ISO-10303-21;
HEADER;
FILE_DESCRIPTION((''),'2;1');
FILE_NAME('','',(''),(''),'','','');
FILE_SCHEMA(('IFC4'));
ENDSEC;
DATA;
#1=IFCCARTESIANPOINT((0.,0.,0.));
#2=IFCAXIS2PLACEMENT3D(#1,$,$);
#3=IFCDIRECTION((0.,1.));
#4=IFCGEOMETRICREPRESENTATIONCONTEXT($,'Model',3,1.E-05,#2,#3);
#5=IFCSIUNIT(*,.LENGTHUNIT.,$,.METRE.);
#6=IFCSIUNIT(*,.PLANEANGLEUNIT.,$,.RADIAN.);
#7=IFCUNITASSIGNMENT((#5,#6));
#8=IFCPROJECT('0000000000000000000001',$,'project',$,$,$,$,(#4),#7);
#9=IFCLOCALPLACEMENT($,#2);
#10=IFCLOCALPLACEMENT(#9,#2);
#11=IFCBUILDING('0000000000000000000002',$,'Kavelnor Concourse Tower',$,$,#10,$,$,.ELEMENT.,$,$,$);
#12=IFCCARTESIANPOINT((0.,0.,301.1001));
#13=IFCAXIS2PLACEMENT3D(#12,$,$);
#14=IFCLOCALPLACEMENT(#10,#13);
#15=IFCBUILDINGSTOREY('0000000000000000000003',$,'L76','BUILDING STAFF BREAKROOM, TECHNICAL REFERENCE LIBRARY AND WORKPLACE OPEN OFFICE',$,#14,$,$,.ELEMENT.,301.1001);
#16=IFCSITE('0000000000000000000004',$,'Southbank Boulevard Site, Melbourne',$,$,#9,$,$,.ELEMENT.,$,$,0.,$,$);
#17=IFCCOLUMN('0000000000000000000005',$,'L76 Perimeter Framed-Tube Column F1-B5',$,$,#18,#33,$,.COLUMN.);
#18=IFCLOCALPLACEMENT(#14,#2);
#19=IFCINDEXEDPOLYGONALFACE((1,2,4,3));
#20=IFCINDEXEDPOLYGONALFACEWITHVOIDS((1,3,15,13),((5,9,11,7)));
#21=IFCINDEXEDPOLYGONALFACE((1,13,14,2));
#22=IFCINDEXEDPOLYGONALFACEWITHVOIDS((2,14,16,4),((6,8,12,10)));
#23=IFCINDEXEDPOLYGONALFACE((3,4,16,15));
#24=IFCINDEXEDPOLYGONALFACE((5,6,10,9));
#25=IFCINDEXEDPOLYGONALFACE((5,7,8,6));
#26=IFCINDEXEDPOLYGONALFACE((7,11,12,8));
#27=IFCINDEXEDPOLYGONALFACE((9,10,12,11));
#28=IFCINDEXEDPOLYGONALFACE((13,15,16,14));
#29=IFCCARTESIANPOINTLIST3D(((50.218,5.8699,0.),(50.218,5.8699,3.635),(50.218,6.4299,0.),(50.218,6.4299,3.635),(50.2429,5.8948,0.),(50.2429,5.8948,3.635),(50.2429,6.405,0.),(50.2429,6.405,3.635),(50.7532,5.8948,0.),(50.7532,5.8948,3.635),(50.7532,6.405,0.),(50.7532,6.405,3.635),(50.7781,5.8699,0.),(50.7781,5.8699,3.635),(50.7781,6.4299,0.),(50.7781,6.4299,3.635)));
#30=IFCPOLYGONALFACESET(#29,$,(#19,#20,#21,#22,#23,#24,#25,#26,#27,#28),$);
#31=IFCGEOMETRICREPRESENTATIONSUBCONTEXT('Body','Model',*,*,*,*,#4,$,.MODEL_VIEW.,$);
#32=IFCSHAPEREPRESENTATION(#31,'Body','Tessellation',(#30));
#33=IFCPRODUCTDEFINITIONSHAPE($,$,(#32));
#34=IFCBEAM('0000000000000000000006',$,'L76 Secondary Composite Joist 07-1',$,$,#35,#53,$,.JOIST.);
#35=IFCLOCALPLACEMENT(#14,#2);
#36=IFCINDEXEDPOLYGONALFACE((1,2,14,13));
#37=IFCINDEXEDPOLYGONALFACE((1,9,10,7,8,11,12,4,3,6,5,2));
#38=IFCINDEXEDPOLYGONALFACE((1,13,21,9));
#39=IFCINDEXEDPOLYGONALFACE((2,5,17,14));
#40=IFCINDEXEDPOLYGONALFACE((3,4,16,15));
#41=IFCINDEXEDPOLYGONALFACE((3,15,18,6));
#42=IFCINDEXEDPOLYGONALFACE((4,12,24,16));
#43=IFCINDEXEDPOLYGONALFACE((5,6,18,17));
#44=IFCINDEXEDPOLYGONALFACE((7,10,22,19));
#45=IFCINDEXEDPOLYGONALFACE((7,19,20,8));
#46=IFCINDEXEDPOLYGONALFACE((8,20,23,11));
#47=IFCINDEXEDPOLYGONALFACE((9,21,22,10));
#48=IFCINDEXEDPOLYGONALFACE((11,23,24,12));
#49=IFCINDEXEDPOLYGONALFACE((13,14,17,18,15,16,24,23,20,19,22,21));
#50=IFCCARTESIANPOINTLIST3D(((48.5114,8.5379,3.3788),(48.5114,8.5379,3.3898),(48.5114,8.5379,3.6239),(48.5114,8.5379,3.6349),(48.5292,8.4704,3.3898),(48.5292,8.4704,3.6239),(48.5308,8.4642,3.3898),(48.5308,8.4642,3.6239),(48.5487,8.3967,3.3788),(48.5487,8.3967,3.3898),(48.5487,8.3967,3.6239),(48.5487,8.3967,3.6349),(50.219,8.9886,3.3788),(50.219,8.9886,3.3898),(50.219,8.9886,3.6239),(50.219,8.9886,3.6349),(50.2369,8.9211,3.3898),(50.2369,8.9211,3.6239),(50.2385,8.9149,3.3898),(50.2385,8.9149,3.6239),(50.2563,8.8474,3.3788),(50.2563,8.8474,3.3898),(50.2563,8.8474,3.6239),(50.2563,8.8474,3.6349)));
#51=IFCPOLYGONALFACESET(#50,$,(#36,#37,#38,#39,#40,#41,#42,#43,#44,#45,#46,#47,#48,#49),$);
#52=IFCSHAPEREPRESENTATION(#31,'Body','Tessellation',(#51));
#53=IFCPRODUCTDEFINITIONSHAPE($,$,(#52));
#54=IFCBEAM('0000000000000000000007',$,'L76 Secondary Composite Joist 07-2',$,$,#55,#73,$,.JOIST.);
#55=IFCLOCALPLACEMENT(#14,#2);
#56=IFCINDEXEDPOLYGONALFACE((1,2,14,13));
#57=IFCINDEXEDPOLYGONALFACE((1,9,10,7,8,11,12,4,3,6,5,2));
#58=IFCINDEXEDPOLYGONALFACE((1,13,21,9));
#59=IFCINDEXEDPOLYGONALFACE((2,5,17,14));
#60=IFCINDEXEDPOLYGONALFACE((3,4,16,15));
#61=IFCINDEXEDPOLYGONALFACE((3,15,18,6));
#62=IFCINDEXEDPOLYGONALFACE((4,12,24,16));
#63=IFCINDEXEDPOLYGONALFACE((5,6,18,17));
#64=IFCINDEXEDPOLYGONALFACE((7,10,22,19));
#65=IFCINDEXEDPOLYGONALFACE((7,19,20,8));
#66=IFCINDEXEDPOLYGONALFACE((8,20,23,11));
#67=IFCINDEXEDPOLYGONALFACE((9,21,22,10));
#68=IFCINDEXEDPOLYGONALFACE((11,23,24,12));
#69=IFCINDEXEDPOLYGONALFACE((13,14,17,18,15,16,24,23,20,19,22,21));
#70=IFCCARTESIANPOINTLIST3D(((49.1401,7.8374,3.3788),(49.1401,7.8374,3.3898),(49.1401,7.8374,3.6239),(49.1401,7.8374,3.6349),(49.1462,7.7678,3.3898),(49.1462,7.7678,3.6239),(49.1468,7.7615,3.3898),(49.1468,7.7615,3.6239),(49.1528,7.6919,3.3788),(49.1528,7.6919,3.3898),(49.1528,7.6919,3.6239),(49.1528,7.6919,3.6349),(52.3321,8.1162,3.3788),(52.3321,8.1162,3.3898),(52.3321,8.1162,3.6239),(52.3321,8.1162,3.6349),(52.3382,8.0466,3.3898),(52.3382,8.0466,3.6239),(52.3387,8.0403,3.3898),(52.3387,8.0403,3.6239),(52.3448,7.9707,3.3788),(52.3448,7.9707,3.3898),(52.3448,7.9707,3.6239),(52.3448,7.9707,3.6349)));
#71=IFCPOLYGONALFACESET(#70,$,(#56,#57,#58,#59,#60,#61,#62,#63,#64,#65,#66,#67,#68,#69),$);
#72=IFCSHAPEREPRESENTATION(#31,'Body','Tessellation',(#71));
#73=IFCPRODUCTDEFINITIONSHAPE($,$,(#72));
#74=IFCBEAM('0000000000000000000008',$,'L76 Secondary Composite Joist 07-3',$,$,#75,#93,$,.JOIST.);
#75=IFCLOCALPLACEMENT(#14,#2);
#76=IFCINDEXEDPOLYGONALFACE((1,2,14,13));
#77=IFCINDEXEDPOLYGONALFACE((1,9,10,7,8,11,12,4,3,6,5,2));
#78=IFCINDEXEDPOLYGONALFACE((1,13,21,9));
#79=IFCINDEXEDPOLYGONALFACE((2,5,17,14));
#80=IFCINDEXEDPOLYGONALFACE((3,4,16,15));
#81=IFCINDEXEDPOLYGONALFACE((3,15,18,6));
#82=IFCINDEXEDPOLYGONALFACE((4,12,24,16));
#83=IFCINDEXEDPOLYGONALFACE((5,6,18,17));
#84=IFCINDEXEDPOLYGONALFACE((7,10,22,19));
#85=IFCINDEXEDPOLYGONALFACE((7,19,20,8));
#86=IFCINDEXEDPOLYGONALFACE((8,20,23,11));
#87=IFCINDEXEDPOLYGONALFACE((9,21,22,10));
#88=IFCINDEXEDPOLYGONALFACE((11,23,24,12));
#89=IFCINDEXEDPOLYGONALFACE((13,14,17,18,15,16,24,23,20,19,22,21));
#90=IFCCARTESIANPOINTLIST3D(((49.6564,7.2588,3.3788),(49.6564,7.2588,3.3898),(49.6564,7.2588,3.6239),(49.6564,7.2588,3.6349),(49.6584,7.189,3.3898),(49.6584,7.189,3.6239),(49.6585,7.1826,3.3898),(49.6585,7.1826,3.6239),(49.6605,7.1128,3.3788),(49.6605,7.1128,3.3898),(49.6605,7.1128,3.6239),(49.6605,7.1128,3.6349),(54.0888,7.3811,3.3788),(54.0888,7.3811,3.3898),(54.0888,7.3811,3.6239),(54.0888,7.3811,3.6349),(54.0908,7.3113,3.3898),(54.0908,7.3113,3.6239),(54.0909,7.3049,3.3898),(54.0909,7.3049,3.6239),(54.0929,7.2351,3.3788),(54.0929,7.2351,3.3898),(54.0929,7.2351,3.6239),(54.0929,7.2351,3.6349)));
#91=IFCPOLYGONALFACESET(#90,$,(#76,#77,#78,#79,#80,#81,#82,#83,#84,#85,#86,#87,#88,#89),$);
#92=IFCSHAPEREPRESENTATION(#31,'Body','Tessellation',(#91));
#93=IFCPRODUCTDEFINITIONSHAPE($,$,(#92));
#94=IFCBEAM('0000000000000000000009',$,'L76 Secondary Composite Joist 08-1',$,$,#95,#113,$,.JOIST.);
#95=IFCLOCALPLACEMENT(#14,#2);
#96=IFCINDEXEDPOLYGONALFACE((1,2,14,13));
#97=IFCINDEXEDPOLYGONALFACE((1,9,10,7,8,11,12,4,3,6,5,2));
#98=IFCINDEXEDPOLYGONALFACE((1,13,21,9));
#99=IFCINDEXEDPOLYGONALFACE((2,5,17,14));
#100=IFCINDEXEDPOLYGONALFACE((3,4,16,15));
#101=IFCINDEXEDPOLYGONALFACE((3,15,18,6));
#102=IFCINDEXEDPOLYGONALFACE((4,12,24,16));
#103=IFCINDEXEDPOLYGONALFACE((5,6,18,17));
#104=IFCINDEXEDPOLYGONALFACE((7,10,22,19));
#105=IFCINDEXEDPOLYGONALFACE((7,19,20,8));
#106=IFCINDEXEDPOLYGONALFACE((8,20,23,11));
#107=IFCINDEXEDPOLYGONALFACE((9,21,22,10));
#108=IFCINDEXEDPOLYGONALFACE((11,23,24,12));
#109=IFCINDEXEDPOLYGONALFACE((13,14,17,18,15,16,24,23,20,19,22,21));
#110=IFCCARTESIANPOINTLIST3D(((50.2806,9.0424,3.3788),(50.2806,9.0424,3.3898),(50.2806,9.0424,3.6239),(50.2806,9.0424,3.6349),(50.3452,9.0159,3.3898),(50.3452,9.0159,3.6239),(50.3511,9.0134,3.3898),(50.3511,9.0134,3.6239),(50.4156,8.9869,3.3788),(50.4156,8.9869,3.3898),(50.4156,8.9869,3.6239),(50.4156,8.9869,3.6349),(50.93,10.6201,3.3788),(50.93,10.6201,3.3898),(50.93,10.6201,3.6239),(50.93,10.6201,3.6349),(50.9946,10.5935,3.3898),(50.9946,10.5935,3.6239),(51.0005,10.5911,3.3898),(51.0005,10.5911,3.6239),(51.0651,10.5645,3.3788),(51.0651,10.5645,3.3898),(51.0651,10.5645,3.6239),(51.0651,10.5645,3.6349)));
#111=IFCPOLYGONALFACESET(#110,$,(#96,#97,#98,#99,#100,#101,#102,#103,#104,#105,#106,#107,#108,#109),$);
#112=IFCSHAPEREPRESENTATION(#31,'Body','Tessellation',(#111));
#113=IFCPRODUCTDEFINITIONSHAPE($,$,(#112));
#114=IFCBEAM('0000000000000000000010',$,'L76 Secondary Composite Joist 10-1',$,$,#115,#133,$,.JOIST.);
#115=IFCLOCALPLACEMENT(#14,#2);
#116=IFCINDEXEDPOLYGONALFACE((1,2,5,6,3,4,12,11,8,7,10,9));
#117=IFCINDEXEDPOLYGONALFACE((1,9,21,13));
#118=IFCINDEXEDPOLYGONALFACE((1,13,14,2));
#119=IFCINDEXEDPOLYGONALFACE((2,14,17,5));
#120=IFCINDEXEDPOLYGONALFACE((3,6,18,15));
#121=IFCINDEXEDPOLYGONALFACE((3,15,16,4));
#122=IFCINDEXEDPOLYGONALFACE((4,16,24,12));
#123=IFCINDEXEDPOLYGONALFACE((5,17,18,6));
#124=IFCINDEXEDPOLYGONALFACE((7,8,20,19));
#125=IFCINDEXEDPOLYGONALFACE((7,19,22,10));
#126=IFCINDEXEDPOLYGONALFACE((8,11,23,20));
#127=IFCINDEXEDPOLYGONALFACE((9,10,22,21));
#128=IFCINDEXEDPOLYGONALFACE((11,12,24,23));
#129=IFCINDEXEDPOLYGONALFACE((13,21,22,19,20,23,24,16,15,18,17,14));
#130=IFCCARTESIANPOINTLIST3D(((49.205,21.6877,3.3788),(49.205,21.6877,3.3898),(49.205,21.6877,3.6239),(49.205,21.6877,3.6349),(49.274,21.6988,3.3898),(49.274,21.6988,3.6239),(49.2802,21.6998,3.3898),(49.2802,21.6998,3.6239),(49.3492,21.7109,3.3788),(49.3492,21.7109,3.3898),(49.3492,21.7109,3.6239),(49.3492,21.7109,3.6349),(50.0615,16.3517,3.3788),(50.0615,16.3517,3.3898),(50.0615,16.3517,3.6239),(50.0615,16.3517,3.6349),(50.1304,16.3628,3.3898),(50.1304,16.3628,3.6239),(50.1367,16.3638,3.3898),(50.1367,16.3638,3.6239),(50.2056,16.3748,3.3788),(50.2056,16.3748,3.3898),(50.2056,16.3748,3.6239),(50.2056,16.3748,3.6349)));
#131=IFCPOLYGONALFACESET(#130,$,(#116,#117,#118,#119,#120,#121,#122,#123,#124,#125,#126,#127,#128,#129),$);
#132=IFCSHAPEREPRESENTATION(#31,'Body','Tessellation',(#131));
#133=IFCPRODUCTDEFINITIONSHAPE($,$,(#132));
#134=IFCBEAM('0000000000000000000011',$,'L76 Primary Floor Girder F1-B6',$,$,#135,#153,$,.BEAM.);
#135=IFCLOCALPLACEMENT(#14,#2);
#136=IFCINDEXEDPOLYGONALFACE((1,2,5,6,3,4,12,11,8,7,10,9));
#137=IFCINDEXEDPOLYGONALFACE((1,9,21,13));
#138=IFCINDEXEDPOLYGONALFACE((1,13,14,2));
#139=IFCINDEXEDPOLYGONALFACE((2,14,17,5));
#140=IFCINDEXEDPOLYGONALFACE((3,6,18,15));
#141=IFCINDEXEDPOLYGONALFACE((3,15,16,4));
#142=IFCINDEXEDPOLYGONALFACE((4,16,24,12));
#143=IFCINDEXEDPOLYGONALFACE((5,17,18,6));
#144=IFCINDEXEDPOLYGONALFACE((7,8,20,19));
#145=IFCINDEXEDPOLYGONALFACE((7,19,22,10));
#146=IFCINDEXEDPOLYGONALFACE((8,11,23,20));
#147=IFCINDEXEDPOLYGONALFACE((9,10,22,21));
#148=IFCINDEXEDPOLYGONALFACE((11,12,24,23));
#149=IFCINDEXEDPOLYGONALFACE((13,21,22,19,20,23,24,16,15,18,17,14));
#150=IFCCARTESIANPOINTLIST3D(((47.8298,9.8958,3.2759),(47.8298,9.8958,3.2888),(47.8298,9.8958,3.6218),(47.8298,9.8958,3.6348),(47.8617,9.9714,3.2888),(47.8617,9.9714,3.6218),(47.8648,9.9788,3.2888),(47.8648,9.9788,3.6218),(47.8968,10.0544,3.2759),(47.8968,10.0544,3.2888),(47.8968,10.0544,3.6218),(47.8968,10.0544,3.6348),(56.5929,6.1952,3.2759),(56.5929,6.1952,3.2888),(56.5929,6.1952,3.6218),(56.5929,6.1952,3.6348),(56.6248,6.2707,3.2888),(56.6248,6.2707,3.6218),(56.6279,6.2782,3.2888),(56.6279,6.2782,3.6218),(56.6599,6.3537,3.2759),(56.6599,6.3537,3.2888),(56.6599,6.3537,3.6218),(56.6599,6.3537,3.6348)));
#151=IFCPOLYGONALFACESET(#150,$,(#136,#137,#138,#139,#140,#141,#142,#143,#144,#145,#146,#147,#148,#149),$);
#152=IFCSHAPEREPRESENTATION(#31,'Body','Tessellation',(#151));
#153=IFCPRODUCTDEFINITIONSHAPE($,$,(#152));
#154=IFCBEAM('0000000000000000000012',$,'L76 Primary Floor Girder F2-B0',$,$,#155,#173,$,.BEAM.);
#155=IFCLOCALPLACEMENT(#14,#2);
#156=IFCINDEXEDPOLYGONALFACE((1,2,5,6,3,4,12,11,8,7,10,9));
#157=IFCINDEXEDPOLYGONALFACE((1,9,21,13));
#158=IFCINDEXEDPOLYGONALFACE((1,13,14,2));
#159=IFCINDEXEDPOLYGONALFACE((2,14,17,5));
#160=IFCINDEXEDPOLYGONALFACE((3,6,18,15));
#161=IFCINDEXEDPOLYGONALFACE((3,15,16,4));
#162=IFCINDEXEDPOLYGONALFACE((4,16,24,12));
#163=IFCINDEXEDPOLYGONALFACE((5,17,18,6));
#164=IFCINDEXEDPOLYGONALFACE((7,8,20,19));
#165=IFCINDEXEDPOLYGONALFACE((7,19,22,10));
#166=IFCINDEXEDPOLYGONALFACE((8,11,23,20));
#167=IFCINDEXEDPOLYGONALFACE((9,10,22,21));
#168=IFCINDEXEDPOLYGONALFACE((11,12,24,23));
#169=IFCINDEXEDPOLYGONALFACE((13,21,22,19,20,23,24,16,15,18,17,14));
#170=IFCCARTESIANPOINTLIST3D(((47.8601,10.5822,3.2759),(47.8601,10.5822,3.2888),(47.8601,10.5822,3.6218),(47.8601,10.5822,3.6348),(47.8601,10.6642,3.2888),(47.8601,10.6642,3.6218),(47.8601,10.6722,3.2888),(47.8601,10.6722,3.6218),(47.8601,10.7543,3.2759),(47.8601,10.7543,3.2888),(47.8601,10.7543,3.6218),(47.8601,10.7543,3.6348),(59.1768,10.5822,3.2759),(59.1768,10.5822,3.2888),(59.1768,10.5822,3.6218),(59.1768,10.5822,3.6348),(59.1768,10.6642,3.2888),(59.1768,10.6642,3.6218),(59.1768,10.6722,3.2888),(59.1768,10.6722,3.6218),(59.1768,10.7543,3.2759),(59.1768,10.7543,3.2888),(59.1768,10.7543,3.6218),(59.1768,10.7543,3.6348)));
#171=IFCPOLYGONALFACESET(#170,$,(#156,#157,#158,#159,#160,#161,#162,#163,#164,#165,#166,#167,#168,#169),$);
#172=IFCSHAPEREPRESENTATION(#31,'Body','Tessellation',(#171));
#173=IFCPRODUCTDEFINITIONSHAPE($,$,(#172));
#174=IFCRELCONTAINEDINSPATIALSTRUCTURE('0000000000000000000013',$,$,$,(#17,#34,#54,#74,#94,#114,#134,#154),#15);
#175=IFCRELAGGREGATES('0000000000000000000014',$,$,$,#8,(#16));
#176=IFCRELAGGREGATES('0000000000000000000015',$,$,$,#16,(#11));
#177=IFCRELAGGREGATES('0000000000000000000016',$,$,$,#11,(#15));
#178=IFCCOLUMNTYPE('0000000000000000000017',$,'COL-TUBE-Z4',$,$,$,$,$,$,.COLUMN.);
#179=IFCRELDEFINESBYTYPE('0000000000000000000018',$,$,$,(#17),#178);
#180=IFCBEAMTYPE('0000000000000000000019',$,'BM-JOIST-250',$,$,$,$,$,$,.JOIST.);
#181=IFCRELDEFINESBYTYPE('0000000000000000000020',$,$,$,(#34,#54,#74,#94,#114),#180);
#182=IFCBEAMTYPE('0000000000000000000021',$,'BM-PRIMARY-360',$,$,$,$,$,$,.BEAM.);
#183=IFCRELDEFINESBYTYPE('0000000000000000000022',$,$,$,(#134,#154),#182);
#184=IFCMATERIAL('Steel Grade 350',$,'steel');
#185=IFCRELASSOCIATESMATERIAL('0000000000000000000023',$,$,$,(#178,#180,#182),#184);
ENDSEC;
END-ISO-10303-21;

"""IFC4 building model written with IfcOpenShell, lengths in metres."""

from ifc_helpers import new_model, si_unit, direction, frame, origin, origin_2d, place, context, subcontext, project, spatial, hollow_rectangle, i_section, extrude, material, material_profile, profile_set, type_object, element, save


model = new_model("IFC4")

# Units and contexts
model_context = context("Model", 3, precision=1e-05, world=origin(), true_north=direction((0.0, 1.0)))
body_context = subcontext(model_context, "Body", "Model", "MODEL_VIEW")
ifc_project = project(units=[si_unit("LENGTHUNIT", "METRE"), si_unit("PLANEANGLEUNIT", "RADIAN")], contexts=[model_context])

# Site, building, storey
site_placement = place(None, origin())
site = spatial("IfcSite", under=ifc_project, at=site_placement, Name="Southbank Boulevard Site, Melbourne", CompositionType="ELEMENT", RefElevation=0.0)
building_placement = place(site_placement, origin())
building = spatial("IfcBuilding", under=site, at=building_placement, Name="Kavelnor Concourse Tower", CompositionType="ELEMENT")
storey_placement = place(building_placement, frame((0.0, 0.0, 301.1001)))
storey = spatial("IfcBuildingStorey", under=building, at=storey_placement, Name="L76", Description="BUILDING STAFF BREAKROOM, TECHNICAL REFERENCE LIBRARY AND WORKPLACE OPEN OFFICE", CompositionType="ELEMENT", Elevation=301.1001)

# Column
ifc_material_1 = material(Name="Steel Grade 350", Category="steel")
ifc_material_profile_1 = material_profile(ifc_material_1, hollow_rectangle(XDim=0.5601, YDim=0.5601, WallThickness=0.0249, at=origin_2d()), Name="SHS 560x560x25")
ifc_profile_set_1 = profile_set([ifc_material_profile_1], Name="Steel Grade 350")
column_type = type_object("IfcColumnType", Name="COL-TUBE-Z4", PredefinedType="COLUMN", material=ifc_profile_set_1)
column_placement = place(storey_placement, frame((50.498, 6.1499, 0.0), z_axis=(0.0, 0.0, 1.0), x_axis=(1.0, 0.0, 0.0)))
element("IfcColumn", 1, at=column_placement, inside=storey, type_object=column_type, Name="L76 Perimeter Framed-Tube Column F1-B5", PredefinedType="COLUMN", context=body_context, shape_type="SweptSolid", body=[
    extrude(hollow_rectangle(XDim=0.5601, YDim=0.5601, WallThickness=0.0249, at=origin_2d()), origin(), (0.0, 0.0, 1.0), 3.635),
])

# Beams
ifc_material_profile_2 = material_profile(ifc_material_1, i_section(OverallWidth=0.146, OverallDepth=0.2561, WebThickness=0.0063, FlangeThickness=0.011, at=origin_2d()), Name="250UB37")
ifc_profile_set_2 = profile_set([ifc_material_profile_2], Name="Steel Grade 350")
beam_type_1 = type_object("IfcBeamType", Name="BM-JOIST-250", PredefinedType="JOIST", material=ifc_profile_set_2)
beam_1_placement = place(storey_placement, frame((48.53, 8.4673, 3.5068), z_axis=(0.966888, 0.255201, 0.0), x_axis=(-0.255201, 0.966888, 0.0)))
element("IfcBeam", 2, at=beam_1_placement, inside=storey, type_object=beam_type_1, Name="L76 Secondary Composite Joist 07-1", PredefinedType="JOIST", context=body_context, shape_type="SweptSolid", body=[
    extrude(i_section(OverallWidth=0.146, OverallDepth=0.2561, WebThickness=0.0063, FlangeThickness=0.011, at=origin_2d()), origin(), (0.0, 0.0, 1.0), 1.7661),
])
beam_2_placement = place(storey_placement, frame((49.1465, 7.7646, 3.5068), z_axis=(0.996207, 0.087018, 0.0), x_axis=(-0.087018, 0.996207, 0.0)))
element("IfcBeam", 3, at=beam_2_placement, inside=storey, type_object=beam_type_1, Name="L76 Secondary Composite Joist 07-2", PredefinedType="JOIST", context=body_context, shape_type="SweptSolid", body=[
    extrude(i_section(OverallWidth=0.146, OverallDepth=0.2561, WebThickness=0.0063, FlangeThickness=0.011, at=origin_2d()), origin(), (0.0, 0.0, 1.0), 3.2041),
])
beam_3_placement = place(storey_placement, frame((49.6584, 7.1858, 3.5068), z_axis=(0.999619, 0.027585, 0.0), x_axis=(-0.027585, 0.999619, 0.0)))
element("IfcBeam", 4, at=beam_3_placement, inside=storey, type_object=beam_type_1, Name="L76 Secondary Composite Joist 07-3", PredefinedType="JOIST", context=body_context, shape_type="SweptSolid", body=[
    extrude(i_section(OverallWidth=0.146, OverallDepth=0.2561, WebThickness=0.0063, FlangeThickness=0.011, at=origin_2d()), origin(), (0.0, 0.0, 1.0), 4.4341),
])
beam_4_placement = place(storey_placement, frame((50.3481, 9.0146, 3.5068), z_axis=(0.380649, 0.92472, 0.0), x_axis=(-0.92472, 0.380649, 0.0)))
element("IfcBeam", 5, at=beam_4_placement, inside=storey, type_object=beam_type_1, Name="L76 Secondary Composite Joist 08-1", PredefinedType="JOIST", context=body_context, shape_type="SweptSolid", body=[
    extrude(i_section(OverallWidth=0.146, OverallDepth=0.2561, WebThickness=0.0063, FlangeThickness=0.011, at=origin_2d()), origin(), (0.0, 0.0, 1.0), 1.7061),
])
beam_5_placement = place(storey_placement, frame((50.1335, 16.3633, 3.5068), z_axis=(-0.158477, 0.987363, 0.0), x_axis=(-0.987363, -0.158477, 0.0)))
element("IfcBeam", 6, at=beam_5_placement, inside=storey, type_object=beam_type_1, Name="L76 Secondary Composite Joist 10-1", PredefinedType="JOIST", context=body_context, shape_type="SweptSolid", body=[
    extrude(i_section(OverallWidth=0.146, OverallDepth=0.2561, WebThickness=0.0063, FlangeThickness=0.011, at=origin_2d()), origin(), (0.0, 0.0, 1.0), 5.4043),
])
ifc_material_profile_3 = material_profile(ifc_material_1, i_section(OverallWidth=0.1721, OverallDepth=0.3589, WebThickness=0.0081, FlangeThickness=0.0129, at=origin_2d()), Name="360UB56")
ifc_profile_set_3 = profile_set([ifc_material_profile_3], Name="Steel Grade 350")
beam_type_2 = type_object("IfcBeamType", Name="BM-PRIMARY-360", PredefinedType="BEAM", material=ifc_profile_set_3)
beam_6_placement = place(storey_placement, frame((47.8633, 9.9751, 3.4553), z_axis=(0.921224, -0.389032, 0.0), x_axis=(0.389032, 0.921224, 0.0)))
element("IfcBeam", 7, at=beam_6_placement, inside=storey, type_object=beam_type_2, Name="L76 Primary Floor Girder F1-B6", PredefinedType="BEAM", context=body_context, shape_type="SweptSolid", body=[
    extrude(i_section(OverallWidth=0.1721, OverallDepth=0.3589, WebThickness=0.0081, FlangeThickness=0.0129, at=origin_2d()), origin(), (0.0, 0.0, 1.0), 9.5125),
])
beam_7_placement = place(storey_placement, frame((47.8601, 10.6682, 3.4553), z_axis=(1.0, 0.0, 0.0), x_axis=(0.0, 1.0, 0.0)))
element("IfcBeam", 8, at=beam_7_placement, inside=storey, type_object=beam_type_2, Name="L76 Primary Floor Girder F2-B0", PredefinedType="BEAM", context=body_context, shape_type="SweptSolid", body=[
    extrude(i_section(OverallWidth=0.1721, OverallDepth=0.3589, WebThickness=0.0081, FlangeThickness=0.0129, at=origin_2d()), origin(), (0.0, 0.0, 1.0), 11.3167),
])

save(model, "model.ifc")
